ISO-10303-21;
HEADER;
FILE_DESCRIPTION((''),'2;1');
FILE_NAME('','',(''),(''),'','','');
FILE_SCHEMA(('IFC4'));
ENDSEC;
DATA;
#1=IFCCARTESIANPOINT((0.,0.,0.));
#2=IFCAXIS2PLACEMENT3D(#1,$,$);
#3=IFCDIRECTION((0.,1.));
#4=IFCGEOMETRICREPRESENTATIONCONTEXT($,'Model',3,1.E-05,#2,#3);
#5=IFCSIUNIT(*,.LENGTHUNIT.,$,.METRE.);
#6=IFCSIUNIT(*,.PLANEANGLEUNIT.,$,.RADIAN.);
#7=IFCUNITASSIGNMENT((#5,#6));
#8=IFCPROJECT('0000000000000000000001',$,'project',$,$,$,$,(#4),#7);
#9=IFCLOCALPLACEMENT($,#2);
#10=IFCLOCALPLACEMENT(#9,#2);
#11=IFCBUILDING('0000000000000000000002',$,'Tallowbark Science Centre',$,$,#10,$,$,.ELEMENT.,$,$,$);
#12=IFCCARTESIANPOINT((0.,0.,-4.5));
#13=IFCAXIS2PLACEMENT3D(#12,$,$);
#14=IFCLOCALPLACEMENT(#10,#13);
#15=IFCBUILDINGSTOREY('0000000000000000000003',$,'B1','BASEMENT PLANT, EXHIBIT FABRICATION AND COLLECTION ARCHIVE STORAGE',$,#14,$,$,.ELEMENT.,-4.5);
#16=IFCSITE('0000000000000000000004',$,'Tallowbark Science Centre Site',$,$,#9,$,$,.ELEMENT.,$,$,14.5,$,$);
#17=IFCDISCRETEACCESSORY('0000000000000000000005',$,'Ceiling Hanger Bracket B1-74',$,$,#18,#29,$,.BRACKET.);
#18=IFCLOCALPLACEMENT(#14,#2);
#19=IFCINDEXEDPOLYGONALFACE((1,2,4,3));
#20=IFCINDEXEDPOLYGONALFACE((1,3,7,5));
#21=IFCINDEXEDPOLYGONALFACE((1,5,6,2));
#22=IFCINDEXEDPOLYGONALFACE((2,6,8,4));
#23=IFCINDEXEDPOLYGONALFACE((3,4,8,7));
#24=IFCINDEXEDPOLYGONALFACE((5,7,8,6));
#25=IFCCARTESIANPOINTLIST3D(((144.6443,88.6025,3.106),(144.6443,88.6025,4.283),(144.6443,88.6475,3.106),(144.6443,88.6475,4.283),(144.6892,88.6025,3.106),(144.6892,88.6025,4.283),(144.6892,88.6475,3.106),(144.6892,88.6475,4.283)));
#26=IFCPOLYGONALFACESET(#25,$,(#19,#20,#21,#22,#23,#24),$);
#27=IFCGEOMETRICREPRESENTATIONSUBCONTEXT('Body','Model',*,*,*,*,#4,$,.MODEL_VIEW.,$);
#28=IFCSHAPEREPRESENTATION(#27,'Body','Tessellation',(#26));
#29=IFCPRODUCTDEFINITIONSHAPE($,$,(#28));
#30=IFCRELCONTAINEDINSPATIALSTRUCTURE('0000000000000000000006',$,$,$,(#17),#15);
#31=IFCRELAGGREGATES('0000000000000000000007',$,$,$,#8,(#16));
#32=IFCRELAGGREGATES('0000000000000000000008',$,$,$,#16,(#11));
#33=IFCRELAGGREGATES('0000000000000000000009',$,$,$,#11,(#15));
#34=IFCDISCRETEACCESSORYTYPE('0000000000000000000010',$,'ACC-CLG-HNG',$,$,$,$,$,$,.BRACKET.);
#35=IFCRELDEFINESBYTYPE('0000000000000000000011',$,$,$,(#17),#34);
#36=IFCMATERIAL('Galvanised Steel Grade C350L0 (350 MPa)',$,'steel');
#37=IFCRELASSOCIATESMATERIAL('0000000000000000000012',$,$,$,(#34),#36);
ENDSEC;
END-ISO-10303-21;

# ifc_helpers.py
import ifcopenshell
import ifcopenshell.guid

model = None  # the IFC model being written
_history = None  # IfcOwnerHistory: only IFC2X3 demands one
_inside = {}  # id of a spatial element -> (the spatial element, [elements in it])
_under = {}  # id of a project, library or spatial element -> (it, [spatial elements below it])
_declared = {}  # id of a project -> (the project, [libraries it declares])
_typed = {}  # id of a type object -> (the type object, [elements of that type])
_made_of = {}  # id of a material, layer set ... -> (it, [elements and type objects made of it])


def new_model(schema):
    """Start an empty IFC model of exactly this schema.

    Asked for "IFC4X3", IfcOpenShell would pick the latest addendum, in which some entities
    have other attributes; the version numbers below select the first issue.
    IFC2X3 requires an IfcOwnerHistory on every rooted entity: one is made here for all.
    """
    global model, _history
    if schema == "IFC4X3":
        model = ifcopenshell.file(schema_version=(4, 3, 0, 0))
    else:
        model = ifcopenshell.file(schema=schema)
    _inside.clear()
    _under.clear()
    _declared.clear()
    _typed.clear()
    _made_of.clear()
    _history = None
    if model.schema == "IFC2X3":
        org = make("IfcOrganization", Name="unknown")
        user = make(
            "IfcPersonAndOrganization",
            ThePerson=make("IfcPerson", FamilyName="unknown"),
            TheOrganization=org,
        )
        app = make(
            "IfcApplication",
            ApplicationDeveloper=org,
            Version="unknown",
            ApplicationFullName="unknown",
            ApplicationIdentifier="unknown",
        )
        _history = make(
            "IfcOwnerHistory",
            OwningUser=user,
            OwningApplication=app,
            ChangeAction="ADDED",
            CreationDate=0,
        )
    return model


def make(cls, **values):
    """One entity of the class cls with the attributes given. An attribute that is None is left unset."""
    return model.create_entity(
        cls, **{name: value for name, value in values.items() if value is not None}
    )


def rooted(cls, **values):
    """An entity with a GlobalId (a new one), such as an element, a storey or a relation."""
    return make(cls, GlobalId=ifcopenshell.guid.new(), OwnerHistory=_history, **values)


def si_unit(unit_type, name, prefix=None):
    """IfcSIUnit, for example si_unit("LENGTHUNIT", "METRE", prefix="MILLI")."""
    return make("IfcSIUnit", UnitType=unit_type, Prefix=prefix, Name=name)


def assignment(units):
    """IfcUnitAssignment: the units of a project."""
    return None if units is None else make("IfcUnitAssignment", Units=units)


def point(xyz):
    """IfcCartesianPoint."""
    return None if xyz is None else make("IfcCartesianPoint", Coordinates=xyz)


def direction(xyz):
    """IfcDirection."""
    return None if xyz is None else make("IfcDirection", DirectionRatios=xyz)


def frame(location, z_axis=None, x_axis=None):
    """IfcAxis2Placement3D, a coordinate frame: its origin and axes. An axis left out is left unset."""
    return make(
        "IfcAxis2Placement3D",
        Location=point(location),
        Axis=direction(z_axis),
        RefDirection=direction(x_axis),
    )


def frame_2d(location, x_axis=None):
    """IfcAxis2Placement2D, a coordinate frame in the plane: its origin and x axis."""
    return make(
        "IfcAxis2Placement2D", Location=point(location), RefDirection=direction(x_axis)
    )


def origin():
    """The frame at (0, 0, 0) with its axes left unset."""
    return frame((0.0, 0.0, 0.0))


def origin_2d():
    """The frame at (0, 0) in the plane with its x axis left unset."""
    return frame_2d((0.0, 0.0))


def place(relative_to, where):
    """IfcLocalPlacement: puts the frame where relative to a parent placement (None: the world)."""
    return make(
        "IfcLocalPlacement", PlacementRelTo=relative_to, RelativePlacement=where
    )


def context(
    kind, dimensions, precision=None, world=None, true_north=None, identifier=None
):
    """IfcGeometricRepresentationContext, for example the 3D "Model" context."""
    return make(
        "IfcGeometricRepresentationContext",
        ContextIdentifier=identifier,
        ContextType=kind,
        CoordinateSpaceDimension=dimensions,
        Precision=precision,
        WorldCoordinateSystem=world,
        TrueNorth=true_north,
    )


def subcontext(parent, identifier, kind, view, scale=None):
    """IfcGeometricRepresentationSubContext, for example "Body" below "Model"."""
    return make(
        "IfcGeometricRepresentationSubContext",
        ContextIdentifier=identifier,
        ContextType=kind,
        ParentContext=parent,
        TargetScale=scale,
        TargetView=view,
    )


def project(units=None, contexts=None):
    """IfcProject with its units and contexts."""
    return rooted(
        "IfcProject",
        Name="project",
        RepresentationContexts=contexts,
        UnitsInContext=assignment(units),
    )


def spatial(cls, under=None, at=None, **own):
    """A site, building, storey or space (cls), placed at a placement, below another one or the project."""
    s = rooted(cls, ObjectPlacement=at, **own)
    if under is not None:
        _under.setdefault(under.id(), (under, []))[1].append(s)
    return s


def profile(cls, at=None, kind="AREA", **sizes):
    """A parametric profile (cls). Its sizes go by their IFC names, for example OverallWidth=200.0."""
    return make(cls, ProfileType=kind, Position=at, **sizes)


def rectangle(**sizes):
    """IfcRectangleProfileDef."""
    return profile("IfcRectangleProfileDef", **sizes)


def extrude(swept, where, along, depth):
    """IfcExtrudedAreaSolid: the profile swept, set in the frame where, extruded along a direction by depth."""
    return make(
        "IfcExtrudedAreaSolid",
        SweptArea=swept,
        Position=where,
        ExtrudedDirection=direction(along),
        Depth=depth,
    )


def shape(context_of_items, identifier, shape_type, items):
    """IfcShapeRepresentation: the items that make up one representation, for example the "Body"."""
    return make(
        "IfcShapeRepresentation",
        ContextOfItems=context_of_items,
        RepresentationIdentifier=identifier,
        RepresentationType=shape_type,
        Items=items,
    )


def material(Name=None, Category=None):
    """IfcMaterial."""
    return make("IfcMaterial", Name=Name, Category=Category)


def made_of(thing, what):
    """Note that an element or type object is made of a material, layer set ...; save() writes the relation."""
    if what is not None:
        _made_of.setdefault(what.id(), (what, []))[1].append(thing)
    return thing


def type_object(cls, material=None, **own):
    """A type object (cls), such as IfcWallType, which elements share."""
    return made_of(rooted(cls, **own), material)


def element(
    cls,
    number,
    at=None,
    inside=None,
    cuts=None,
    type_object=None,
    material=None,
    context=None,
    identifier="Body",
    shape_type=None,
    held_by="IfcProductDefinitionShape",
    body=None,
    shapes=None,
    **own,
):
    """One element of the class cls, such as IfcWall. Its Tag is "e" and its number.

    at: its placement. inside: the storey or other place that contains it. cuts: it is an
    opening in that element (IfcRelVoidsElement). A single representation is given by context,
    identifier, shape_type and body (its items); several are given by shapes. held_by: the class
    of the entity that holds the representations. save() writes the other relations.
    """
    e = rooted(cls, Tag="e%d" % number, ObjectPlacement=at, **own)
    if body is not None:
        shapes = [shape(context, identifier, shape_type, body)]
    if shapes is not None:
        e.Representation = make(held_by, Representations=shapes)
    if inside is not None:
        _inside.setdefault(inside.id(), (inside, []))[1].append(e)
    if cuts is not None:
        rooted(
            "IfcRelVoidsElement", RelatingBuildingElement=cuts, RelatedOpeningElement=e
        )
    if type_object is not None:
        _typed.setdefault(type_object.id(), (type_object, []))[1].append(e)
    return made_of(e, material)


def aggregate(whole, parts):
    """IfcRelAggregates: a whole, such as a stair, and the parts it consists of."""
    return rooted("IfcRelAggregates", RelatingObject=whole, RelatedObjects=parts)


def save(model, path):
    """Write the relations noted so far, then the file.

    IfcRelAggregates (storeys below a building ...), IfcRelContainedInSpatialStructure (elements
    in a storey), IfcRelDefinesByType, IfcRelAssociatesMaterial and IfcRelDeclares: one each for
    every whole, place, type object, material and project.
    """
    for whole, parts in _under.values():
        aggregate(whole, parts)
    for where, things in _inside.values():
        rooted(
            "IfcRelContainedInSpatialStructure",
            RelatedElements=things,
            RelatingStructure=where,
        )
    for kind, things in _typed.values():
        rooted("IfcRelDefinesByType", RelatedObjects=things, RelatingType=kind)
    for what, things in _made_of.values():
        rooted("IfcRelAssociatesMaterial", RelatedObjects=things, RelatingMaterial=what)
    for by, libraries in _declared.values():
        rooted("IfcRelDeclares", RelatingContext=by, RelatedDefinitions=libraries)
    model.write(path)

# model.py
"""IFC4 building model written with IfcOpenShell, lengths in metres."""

from ifc_helpers import new_model, si_unit, direction, frame, origin, origin_2d, place, context, subcontext, project, spatial, rectangle, extrude, material, type_object, element, save


model = new_model("IFC4")

# Units and contexts
model_context = context("Model", 3, precision=1e-05, world=origin(), true_north=direction((0.0, 1.0)))
body_context = subcontext(model_context, "Body", "Model", "MODEL_VIEW")
ifc_project = project(units=[si_unit("LENGTHUNIT", "METRE"), si_unit("PLANEANGLEUNIT", "RADIAN")], contexts=[model_context])

# Site, building, storey
site_placement = place(None, origin())
site = spatial("IfcSite", under=ifc_project, at=site_placement, Name="Tallowbark Science Centre Site", CompositionType="ELEMENT", RefElevation=14.5)
building_placement = place(site_placement, origin())
building = spatial("IfcBuilding", under=site, at=building_placement, Name="Tallowbark Science Centre", CompositionType="ELEMENT")
storey_placement = place(building_placement, frame((0.0, 0.0, -4.5)))
storey = spatial("IfcBuildingStorey", under=building, at=storey_placement, Name="B1", Description="BASEMENT PLANT, EXHIBIT FABRICATION AND COLLECTION ARCHIVE STORAGE", CompositionType="ELEMENT", Elevation=-4.5)

# Discrete accessory
ifc_material_1 = material(Name="Galvanised Steel Grade C350L0 (350 MPa)", Category="steel")
discrete_accessory_type = type_object("IfcDiscreteAccessoryType", Name="ACC-CLG-HNG", PredefinedType="BRACKET", material=ifc_material_1)
for number, where, z_axis, x_axis, name in (
    (1, (144.6667, 88.625, 3.106), (0.0, 0.0, 1.0), (1.0, 0.0, 0.0), "Ceiling Hanger Bracket B1-74"),
):
    element("IfcDiscreteAccessory", number, at=place(storey_placement, frame(where, z_axis=z_axis, x_axis=x_axis)), inside=storey, type_object=discrete_accessory_type, Name=name, PredefinedType="BRACKET", context=body_context, shape_type="SweptSolid", body=[
        extrude(rectangle(XDim=0.0449, YDim=0.0449, at=origin_2d()), origin(), (0.0, 0.0, 1.0), 1.177),
    ])

save(model, "model.ifc")
